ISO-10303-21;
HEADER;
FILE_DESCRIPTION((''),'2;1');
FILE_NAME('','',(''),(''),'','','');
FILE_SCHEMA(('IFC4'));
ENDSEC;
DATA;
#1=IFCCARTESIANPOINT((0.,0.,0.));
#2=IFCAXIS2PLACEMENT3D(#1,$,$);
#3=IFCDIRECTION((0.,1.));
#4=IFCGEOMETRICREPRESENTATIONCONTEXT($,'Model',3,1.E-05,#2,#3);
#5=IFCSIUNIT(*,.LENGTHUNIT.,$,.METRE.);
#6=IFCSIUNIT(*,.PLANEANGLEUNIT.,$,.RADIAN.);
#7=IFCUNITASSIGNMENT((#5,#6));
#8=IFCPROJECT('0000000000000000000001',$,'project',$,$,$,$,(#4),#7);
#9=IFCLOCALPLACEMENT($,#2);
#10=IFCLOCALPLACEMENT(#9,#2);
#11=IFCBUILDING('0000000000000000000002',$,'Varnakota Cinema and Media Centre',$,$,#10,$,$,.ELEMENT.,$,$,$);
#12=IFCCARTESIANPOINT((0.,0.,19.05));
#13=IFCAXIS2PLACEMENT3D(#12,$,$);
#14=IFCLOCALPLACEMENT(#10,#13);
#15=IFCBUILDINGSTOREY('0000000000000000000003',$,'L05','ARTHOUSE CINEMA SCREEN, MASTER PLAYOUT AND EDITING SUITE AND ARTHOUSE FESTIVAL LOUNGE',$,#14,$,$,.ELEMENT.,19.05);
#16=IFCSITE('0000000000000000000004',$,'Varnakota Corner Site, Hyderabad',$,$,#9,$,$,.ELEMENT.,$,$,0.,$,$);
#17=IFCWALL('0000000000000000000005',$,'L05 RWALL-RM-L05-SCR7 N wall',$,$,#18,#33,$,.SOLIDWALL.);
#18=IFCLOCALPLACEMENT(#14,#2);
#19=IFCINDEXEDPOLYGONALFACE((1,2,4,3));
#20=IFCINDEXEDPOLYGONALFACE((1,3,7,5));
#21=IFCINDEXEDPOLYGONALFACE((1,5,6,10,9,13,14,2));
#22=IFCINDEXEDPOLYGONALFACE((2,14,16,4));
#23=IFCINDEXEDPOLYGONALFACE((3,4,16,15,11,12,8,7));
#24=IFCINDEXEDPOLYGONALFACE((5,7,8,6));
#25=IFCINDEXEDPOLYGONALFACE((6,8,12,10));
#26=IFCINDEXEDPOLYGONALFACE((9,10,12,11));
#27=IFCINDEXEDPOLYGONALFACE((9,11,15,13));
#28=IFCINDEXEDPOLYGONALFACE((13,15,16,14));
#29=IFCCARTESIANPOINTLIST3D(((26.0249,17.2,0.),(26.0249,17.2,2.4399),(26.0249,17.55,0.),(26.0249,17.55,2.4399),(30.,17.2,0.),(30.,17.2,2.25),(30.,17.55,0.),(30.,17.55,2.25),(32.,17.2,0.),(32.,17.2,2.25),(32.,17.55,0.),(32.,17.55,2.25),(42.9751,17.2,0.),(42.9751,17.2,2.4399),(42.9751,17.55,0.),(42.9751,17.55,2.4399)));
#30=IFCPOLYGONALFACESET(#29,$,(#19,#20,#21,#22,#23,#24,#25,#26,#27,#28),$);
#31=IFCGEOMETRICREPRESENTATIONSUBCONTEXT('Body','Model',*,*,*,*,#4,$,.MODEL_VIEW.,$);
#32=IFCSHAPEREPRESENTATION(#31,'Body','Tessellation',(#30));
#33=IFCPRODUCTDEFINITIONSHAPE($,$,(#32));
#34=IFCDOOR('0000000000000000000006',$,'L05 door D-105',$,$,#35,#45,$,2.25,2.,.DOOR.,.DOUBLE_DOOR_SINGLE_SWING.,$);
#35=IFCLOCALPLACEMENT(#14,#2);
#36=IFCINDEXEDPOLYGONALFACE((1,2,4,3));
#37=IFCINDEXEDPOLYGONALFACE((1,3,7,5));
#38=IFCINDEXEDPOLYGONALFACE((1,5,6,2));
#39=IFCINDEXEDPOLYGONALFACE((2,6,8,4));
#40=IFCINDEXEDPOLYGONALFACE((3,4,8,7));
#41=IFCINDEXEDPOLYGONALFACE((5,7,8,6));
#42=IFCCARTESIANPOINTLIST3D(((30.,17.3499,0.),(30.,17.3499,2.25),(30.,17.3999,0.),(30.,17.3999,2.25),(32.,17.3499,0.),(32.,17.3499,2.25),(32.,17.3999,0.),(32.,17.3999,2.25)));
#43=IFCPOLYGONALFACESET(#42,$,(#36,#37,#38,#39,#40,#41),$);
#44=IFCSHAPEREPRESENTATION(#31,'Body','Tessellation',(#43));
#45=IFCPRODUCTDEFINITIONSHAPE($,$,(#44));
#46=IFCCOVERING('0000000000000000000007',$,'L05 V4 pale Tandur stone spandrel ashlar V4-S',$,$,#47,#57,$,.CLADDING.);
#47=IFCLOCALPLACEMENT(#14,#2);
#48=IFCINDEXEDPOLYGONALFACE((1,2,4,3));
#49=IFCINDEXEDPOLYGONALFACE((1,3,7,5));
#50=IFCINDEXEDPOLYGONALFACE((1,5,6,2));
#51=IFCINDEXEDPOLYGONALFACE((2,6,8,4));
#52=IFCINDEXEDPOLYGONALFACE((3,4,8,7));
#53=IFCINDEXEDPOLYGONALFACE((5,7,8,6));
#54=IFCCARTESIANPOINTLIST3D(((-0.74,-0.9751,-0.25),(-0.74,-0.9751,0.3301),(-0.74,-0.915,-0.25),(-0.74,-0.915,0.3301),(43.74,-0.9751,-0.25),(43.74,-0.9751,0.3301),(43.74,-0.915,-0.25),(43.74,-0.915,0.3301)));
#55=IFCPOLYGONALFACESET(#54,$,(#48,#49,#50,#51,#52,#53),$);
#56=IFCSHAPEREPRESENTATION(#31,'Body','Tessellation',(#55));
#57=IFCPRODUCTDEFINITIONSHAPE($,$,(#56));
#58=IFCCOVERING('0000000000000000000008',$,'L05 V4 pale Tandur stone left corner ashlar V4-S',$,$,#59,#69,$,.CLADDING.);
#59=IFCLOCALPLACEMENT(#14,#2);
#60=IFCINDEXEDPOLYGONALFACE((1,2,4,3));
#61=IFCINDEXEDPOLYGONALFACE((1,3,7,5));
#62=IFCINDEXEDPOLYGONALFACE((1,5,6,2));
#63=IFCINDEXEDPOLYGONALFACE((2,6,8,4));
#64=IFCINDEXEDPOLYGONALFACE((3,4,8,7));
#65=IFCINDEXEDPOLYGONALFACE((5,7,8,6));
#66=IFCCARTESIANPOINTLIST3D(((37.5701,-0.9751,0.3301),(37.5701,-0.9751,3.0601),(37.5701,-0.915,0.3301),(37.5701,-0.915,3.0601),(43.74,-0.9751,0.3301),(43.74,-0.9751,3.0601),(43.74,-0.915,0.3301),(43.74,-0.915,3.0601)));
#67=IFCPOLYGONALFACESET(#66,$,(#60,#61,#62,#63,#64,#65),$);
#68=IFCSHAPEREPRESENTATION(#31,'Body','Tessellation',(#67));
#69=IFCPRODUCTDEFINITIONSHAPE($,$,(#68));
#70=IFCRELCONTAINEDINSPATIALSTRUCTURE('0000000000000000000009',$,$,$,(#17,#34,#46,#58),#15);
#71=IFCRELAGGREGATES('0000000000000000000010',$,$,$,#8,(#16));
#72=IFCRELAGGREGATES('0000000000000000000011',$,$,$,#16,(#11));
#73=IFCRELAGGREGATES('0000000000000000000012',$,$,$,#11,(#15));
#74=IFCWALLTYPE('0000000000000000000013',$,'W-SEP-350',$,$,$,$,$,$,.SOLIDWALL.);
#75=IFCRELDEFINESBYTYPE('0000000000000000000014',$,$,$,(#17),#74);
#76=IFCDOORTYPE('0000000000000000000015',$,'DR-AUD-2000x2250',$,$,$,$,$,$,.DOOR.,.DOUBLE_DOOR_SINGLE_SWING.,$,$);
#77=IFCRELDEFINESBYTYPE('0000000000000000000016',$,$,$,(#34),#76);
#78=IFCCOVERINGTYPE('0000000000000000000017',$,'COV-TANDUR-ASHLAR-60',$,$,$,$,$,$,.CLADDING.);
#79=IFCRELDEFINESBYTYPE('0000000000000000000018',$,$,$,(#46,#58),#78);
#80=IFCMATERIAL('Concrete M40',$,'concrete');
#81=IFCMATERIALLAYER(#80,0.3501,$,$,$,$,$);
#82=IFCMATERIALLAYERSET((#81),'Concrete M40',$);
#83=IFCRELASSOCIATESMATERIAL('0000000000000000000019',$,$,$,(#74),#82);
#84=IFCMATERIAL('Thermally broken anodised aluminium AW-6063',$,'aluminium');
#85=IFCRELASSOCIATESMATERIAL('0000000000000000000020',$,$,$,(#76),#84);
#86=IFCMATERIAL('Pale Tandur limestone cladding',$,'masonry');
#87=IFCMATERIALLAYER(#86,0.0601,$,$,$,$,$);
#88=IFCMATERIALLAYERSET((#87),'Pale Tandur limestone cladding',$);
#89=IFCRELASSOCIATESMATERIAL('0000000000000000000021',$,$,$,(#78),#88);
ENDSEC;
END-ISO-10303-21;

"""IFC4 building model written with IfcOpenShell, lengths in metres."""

from ifc_helpers import new_model, si_unit, direction, frame, frame_2d, origin, origin_2d, place, context, subcontext, project, spatial, rectangle, extrude, material, layer, layer_set, type_object, element, fill, save


model = new_model("IFC4")

# Units and contexts
model_context = context("Model", 3, precision=1e-05, world=origin(), true_north=direction((0.0, 1.0)))
body_context = subcontext(model_context, "Body", "Model", "MODEL_VIEW")
ifc_project = project(units=[si_unit("LENGTHUNIT", "METRE"), si_unit("PLANEANGLEUNIT", "RADIAN")], contexts=[model_context])

# Site, building, storey
site_placement = place(None, origin())
site = spatial("IfcSite", under=ifc_project, at=site_placement, Name="Varnakota Corner Site, Hyderabad", CompositionType="ELEMENT", RefElevation=0.0)
building_placement = place(site_placement, origin())
building = spatial("IfcBuilding", under=site, at=building_placement, Name="Varnakota Cinema and Media Centre", CompositionType="ELEMENT")
storey_placement = place(building_placement, frame((0.0, 0.0, 19.05)))
storey = spatial("IfcBuildingStorey", under=building, at=storey_placement, Name="L05", Description="ARTHOUSE CINEMA SCREEN, MASTER PLAYOUT AND EDITING SUITE AND ARTHOUSE FESTIVAL LOUNGE", CompositionType="ELEMENT", Elevation=19.05)

# Shared definitions
ifc_material_1 = material(Name="Concrete M40", Category="concrete")
ifc_layer_1 = layer(ifc_material_1, 0.3501)
ifc_layer_set_1 = layer_set([ifc_layer_1], Name="Concrete M40")
wall_type = type_object("IfcWallType", Name="W-SEP-350", PredefinedType="SOLIDWALL", material=ifc_layer_set_1)

# Wall, opening, door
wall_1_placement = place(storey_placement, frame((26.0249, 17.375, 0.0), z_axis=(0.0, 0.0, 1.0), x_axis=(1.0, 0.0, 0.0)))
wall_1 = element("IfcWall", 1, at=wall_1_placement, inside=storey, type_object=wall_type, Name="L05 RWALL-RM-L05-SCR7 N wall", PredefinedType="SOLIDWALL", context=body_context, shape_type="SweptSolid", body=[
    extrude(rectangle(XDim=16.9502, YDim=0.3501, at=frame_2d((8.4751, 0.0))), origin(), (0.0, 0.0, 1.0), 2.4399),
])
opening_placement = place(wall_1_placement, frame((3.9751, 0.0, 0.0)))
opening = element("IfcOpeningElement", 2, at=opening_placement, cuts=wall_1, PredefinedType="OPENING", context=body_context, shape_type="SweptSolid", body=[
    extrude(rectangle(XDim=2.0, YDim=2.25, at=frame_2d((1.0, 1.125))), frame((0.0, 0.175, 0.0), z_axis=(0.0, -1.0, 0.0), x_axis=(1.0, 0.0, 0.0)), (0.0, 0.0, 1.0), 0.3501),
])
ifc_material_2 = material(Name="Thermally broken anodised aluminium AW-6063", Category="aluminium")
door_type = type_object("IfcDoorType", Name="DR-AUD-2000x2250", OperationType="DOUBLE_DOOR_SINGLE_SWING", PredefinedType="DOOR", material=ifc_material_2)
door_placement = place(opening_placement, origin())
door = element("IfcDoor", 3, at=door_placement, inside=storey, type_object=door_type, Name="L05 door D-105", OperationType="DOUBLE_DOOR_SINGLE_SWING", OverallHeight=2.25, OverallWidth=2.0, PredefinedType="DOOR", context=body_context, shape_type="SweptSolid", body=[
    extrude(rectangle(XDim=2.0, YDim=2.25, at=frame_2d((1.0, 1.125))), frame((0.0, 0.0249, 0.0), z_axis=(0.0, -1.0, 0.0), x_axis=(1.0, 0.0, 0.0)), (0.0, 0.0, 1.0), 0.05),
])
fill(opening, door)

# Coverings
ifc_material_3 = material(Name="Pale Tandur limestone cladding", Category="masonry")
ifc_layer_2 = layer(ifc_material_3, 0.0601)
ifc_layer_set_2 = layer_set([ifc_layer_2], Name="Pale Tandur limestone cladding")
covering_type = type_object("IfcCoveringType", Name="COV-TANDUR-ASHLAR-60", PredefinedType="CLADDING", material=ifc_layer_set_2)
covering_1_placement = place(storey_placement, frame((21.5, -0.9451, -0.25), z_axis=(0.0, 0.0, 1.0), x_axis=(-1.0, 0.0, 0.0)))
element("IfcCovering", 4, at=covering_1_placement, inside=storey, type_object=covering_type, Name="L05 V4 pale Tandur stone spandrel ashlar V4-S", PredefinedType="CLADDING", context=body_context, shape_type="SweptSolid", body=[
    extrude(rectangle(XDim=44.48, YDim=0.0601, at=origin_2d()), origin(), (0.0, 0.0, 1.0), 0.5801),
])
covering_2_placement = place(storey_placement, frame((40.655, -0.9451, 0.3301), z_axis=(0.0, 0.0, 1.0), x_axis=(-1.0, 0.0, 0.0)))
element("IfcCovering", 5, at=covering_2_placement, inside=storey, type_object=covering_type, Name="L05 V4 pale Tandur stone left corner ashlar V4-S", PredefinedType="CLADDING", context=body_context, shape_type="SweptSolid", body=[
    extrude(rectangle(XDim=6.1699, YDim=0.0601, at=origin_2d()), origin(), (0.0, 0.0, 1.0), 2.73),
])

save(model, "model.ifc")
